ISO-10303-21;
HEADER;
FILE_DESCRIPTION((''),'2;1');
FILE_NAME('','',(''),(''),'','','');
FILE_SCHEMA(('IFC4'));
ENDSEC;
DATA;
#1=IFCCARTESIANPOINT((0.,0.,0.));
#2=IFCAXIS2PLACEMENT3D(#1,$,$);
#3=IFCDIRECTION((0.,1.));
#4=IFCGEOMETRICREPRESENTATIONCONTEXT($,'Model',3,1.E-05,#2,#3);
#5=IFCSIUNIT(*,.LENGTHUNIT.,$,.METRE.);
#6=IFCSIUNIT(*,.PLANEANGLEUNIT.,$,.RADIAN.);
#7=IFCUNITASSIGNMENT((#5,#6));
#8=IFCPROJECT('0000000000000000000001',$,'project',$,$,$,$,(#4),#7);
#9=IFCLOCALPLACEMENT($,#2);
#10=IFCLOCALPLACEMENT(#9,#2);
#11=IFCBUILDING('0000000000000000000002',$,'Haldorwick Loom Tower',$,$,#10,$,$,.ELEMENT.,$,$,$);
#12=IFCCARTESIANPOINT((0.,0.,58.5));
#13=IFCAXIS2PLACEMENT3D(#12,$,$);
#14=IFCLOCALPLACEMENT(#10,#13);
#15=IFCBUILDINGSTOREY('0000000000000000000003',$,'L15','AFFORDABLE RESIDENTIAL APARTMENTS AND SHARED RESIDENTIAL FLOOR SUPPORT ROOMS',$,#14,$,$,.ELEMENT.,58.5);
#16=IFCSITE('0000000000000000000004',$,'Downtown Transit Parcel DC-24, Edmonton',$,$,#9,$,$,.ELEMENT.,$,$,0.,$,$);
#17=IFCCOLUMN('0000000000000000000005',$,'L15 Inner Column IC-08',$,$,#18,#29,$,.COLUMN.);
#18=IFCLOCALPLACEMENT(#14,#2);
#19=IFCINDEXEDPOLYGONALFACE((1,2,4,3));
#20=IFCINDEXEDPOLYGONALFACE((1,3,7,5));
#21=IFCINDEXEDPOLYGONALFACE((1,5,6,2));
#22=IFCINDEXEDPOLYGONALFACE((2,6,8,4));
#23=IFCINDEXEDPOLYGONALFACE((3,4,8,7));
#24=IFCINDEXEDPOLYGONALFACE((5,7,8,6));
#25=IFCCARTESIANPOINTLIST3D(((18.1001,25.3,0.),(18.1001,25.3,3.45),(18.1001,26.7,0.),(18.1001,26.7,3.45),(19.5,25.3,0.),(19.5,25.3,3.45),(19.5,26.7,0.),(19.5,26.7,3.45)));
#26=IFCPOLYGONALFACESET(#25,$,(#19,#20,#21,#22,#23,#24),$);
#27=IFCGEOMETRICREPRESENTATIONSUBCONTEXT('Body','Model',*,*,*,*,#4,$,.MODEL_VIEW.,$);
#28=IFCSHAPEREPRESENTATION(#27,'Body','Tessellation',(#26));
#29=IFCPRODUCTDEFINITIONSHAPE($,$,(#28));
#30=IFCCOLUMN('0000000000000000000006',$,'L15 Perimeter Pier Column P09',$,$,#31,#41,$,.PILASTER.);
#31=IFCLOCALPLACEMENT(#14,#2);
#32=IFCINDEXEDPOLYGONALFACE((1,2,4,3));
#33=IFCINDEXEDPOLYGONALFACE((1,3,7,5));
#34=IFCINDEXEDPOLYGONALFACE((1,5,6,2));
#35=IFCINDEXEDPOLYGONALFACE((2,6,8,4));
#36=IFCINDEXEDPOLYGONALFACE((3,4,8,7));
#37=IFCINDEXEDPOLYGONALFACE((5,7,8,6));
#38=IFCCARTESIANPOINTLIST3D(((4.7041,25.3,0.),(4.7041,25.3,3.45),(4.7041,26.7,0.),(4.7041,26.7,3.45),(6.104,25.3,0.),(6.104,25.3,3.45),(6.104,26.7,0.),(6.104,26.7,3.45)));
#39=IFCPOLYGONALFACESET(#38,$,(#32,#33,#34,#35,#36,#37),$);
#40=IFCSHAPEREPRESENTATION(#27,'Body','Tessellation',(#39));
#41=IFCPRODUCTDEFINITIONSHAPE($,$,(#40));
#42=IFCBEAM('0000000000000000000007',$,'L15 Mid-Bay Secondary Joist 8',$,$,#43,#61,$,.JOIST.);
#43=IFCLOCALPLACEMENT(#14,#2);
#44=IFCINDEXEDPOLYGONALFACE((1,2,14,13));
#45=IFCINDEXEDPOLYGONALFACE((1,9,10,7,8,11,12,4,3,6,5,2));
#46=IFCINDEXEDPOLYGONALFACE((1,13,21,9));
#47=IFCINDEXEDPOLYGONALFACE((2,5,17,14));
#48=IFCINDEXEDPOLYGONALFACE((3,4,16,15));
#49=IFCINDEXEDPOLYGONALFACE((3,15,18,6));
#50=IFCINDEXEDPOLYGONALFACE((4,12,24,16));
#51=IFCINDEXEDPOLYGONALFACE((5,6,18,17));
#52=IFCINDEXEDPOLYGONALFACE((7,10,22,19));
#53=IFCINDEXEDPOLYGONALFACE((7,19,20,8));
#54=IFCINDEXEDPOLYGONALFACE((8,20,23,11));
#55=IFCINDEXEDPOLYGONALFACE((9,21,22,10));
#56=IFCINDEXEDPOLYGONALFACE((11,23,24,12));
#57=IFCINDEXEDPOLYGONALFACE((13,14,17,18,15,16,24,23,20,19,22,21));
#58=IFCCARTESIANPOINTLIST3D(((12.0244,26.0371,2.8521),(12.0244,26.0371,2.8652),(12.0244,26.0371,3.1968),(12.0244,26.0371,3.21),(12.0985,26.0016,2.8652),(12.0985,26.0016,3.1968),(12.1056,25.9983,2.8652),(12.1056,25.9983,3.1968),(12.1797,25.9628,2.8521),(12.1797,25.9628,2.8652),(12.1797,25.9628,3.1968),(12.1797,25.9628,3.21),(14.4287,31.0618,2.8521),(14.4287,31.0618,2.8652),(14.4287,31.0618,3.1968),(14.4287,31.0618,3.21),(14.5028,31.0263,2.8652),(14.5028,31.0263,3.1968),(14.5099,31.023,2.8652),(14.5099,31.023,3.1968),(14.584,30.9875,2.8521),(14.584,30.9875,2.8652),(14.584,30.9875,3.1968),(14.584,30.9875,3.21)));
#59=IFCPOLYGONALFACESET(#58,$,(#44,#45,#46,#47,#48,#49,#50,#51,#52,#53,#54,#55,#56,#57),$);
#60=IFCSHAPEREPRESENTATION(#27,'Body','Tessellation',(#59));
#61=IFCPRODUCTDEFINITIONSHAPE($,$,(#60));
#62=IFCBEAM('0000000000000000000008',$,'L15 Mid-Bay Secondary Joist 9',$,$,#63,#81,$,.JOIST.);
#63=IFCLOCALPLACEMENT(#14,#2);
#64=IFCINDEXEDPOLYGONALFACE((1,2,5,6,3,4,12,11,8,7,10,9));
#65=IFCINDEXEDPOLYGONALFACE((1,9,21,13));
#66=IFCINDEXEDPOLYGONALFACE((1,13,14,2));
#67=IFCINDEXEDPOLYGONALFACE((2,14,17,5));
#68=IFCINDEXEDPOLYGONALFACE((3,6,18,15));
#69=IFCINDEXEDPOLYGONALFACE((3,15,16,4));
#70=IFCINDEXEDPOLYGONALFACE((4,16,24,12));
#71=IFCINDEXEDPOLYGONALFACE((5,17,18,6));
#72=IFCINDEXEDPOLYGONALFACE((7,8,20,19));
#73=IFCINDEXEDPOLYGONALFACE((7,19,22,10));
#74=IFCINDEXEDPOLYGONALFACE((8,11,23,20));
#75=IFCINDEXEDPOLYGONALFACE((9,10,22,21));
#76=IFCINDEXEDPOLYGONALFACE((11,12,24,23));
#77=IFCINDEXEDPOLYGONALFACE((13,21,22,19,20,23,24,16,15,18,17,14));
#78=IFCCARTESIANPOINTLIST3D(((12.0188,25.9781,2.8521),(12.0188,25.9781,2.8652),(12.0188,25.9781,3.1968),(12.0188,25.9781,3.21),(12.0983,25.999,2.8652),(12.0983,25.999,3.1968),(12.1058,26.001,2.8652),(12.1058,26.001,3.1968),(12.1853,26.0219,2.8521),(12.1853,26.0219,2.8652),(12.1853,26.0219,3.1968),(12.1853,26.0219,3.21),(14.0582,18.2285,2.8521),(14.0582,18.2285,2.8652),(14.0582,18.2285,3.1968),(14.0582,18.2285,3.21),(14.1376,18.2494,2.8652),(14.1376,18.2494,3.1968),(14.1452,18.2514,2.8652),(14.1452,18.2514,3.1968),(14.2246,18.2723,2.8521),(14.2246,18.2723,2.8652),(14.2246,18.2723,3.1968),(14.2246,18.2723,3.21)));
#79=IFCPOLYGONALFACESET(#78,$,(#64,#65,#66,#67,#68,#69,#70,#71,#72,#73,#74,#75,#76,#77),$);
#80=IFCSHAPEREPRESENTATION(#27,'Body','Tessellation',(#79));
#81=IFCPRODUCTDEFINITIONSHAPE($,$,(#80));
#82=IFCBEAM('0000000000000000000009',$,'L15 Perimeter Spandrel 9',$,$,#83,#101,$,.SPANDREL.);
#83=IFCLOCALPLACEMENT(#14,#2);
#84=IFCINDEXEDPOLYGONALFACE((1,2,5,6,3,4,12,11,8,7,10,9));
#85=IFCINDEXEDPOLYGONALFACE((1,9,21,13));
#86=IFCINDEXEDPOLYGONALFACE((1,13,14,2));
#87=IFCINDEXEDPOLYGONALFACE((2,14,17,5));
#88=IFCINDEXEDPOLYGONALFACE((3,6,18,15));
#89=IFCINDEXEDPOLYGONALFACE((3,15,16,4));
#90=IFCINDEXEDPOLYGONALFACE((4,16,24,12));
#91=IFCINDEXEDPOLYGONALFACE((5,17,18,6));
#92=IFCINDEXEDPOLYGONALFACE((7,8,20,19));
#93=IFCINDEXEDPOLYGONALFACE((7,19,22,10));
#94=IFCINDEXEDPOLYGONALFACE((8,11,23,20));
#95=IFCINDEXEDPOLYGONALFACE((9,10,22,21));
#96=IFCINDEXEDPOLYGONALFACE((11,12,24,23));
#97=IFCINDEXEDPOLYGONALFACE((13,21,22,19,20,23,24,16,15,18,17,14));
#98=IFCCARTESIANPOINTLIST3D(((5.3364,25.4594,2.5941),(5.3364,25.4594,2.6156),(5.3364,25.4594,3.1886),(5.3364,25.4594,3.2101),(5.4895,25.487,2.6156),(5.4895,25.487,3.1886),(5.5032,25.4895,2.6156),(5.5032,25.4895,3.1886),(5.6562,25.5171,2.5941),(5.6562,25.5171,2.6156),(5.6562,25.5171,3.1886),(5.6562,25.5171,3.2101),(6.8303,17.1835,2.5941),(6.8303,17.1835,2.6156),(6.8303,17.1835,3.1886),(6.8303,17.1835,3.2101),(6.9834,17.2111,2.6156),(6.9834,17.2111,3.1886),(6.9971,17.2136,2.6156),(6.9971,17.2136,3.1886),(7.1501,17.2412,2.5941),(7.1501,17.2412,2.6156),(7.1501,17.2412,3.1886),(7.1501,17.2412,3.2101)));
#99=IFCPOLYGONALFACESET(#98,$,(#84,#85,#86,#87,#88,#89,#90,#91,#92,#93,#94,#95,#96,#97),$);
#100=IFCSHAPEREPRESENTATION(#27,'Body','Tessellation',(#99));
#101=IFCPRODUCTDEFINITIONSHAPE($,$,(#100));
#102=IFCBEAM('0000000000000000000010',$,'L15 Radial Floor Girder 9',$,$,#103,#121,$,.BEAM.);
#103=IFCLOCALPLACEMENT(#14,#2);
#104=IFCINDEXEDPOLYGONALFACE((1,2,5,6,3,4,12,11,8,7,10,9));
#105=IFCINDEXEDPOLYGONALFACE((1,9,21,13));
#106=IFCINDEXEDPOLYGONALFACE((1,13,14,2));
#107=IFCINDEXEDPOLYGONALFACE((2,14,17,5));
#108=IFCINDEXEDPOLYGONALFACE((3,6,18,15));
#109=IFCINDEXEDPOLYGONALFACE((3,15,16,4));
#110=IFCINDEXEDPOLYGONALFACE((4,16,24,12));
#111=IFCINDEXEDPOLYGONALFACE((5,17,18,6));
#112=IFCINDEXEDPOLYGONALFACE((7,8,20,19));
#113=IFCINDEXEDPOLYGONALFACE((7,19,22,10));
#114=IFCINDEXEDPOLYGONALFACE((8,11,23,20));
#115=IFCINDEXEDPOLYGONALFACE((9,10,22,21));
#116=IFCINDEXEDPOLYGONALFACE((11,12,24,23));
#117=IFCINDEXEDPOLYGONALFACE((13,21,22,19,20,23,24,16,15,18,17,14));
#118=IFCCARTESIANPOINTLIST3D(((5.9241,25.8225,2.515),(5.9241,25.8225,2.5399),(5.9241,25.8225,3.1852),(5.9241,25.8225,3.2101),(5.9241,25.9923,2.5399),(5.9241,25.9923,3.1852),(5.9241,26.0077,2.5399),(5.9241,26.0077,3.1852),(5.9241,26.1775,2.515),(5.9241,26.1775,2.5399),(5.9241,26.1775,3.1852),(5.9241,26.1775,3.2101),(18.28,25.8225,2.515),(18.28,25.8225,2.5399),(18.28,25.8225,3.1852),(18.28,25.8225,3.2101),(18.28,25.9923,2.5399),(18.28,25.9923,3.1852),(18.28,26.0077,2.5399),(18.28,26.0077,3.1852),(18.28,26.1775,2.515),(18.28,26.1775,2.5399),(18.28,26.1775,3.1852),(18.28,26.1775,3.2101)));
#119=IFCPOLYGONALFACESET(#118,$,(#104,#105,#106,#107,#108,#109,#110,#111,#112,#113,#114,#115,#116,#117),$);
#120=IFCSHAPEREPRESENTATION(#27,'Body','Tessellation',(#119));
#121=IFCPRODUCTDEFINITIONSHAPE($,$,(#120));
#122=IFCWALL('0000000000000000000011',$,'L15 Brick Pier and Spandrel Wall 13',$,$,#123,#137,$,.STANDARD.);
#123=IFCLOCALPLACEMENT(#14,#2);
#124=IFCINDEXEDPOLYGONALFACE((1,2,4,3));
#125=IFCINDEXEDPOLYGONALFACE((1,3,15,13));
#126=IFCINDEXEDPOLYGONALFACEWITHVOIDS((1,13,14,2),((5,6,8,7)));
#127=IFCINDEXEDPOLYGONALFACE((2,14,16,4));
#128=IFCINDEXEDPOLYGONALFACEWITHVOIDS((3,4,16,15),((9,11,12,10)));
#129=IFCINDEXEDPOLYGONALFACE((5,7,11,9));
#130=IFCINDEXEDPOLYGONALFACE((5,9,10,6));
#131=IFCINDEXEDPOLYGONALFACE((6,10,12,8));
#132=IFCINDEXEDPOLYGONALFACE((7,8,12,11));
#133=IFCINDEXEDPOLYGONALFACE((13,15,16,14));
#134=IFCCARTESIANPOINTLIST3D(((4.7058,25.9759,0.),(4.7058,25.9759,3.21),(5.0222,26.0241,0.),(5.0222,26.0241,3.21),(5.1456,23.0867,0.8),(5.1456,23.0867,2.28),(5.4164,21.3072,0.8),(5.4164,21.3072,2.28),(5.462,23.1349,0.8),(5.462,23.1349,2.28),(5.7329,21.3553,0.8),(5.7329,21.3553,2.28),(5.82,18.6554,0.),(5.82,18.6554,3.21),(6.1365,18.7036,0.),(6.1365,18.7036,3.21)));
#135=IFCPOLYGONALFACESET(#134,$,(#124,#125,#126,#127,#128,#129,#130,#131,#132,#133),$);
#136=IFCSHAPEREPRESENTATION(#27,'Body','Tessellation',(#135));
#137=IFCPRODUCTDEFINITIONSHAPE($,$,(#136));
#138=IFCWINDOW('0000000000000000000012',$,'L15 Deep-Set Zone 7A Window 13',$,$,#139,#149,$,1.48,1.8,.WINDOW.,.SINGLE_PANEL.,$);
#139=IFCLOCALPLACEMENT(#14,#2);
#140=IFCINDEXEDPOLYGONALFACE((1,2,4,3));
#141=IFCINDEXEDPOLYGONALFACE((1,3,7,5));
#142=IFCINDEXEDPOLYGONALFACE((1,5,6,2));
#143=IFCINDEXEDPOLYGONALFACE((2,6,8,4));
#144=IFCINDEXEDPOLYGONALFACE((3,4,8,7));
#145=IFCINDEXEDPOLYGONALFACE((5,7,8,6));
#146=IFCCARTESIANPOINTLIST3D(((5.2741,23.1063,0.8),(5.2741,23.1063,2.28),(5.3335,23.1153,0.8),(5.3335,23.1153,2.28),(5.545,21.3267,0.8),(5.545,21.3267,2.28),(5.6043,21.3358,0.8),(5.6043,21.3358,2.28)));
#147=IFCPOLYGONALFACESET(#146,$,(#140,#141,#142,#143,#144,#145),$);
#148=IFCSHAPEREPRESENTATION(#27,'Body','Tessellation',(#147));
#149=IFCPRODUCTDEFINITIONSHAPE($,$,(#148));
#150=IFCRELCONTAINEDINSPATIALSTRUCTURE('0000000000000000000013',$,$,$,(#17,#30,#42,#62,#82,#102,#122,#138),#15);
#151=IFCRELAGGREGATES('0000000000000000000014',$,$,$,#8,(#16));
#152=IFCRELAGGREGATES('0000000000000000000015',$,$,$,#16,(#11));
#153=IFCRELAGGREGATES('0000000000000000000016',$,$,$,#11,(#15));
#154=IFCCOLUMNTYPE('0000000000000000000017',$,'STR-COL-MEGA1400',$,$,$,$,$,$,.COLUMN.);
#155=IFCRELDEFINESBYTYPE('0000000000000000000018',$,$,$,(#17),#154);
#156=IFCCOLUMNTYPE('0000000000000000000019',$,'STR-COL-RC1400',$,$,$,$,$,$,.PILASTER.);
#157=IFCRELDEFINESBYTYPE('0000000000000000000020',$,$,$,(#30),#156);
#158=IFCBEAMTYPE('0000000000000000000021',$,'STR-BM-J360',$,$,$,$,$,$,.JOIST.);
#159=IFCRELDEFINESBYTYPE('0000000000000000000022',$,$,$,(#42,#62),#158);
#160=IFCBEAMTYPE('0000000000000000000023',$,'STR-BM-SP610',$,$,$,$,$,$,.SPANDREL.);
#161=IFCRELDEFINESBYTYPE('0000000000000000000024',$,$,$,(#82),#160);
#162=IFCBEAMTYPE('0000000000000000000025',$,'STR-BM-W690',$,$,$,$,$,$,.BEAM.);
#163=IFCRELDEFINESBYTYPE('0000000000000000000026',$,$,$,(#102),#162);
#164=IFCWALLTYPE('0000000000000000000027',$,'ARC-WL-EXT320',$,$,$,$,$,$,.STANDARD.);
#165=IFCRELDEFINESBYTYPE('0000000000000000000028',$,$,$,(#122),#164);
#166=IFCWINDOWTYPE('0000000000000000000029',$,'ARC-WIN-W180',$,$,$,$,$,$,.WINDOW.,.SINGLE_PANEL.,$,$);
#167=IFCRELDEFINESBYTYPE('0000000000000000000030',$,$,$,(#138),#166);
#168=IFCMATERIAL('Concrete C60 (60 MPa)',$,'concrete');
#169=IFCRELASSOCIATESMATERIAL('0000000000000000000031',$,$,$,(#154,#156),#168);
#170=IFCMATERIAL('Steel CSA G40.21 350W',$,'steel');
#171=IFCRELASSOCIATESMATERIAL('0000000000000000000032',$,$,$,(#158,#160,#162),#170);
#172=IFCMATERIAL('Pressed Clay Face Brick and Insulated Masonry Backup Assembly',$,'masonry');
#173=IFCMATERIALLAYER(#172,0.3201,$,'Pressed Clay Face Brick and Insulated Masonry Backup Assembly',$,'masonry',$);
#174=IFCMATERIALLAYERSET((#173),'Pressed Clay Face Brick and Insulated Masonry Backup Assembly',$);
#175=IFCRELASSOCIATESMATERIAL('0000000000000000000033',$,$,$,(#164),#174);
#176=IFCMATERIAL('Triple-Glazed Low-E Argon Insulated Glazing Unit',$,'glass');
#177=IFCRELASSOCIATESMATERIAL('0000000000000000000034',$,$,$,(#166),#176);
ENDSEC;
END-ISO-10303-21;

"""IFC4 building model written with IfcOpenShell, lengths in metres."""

from ifc_helpers import new_model, si_unit, direction, frame, frame_2d, origin, origin_2d, place, context, subcontext, project, spatial, rectangle, i_section, extrude, material, layer, layer_set, material_profile, profile_set, type_object, element, fill, save


model = new_model("IFC4")

# Units and contexts
model_context = context("Model", 3, precision=1e-05, world=origin(), true_north=direction((0.0, 1.0)))
body_context = subcontext(model_context, "Body", "Model", "MODEL_VIEW")
ifc_project = project(units=[si_unit("LENGTHUNIT", "METRE"), si_unit("PLANEANGLEUNIT", "RADIAN")], contexts=[model_context])

# Site, building, storey
site_placement = place(None, origin())
site = spatial("IfcSite", under=ifc_project, at=site_placement, Name="Downtown Transit Parcel DC-24, Edmonton", CompositionType="ELEMENT", RefElevation=0.0)
building_placement = place(site_placement, origin())
building = spatial("IfcBuilding", under=site, at=building_placement, Name="Haldorwick Loom Tower", CompositionType="ELEMENT")
storey_placement = place(building_placement, frame((0.0, 0.0, 58.5)))
storey = spatial("IfcBuildingStorey", under=building, at=storey_placement, Name="L15", Description="AFFORDABLE RESIDENTIAL APARTMENTS AND SHARED RESIDENTIAL FLOOR SUPPORT ROOMS", CompositionType="ELEMENT", Elevation=58.5)

# Columns
ifc_material_1 = material(Name="Concrete C60 (60 MPa)", Category="concrete")
ifc_material_profile_1 = material_profile(ifc_material_1, rectangle(XDim=1.3999, YDim=1.3999, at=origin_2d()), Name="RC1400X1400", Category="concrete")
ifc_profile_set_1 = profile_set([ifc_material_profile_1], Name="Concrete C60 (60 MPa)")
column_type_1 = type_object("IfcColumnType", Name="STR-COL-MEGA1400", PredefinedType="COLUMN", material=ifc_profile_set_1)
column_1_placement = place(storey_placement, frame((18.8, 26.0, 0.0), z_axis=(0.0, 0.0, 1.0), x_axis=(1.0, 0.0, 0.0)))
element("IfcColumn", 1, at=column_1_placement, inside=storey, type_object=column_type_1, Name="L15 Inner Column IC-08", PredefinedType="COLUMN", context=body_context, shape_type="SweptSolid", body=[
    extrude(rectangle(XDim=1.3999, YDim=1.3999, at=origin_2d()), origin(), (0.0, 0.0, 1.0), 3.45),
])
ifc_material_profile_2 = material_profile(ifc_material_1, rectangle(XDim=1.3999, YDim=1.3999, at=origin_2d()), Name="RC1400X1400", Category="concrete")
ifc_profile_set_2 = profile_set([ifc_material_profile_2], Name="Concrete C60 (60 MPa)")
column_type_2 = type_object("IfcColumnType", Name="STR-COL-RC1400", PredefinedType="PILASTER", material=ifc_profile_set_2)
column_2_placement = place(storey_placement, frame((5.4041, 26.0, 0.0), z_axis=(0.0, 0.0, 1.0), x_axis=(-1.0, 0.0, 0.0)))
element("IfcColumn", 2, at=column_2_placement, inside=storey, type_object=column_type_2, Name="L15 Perimeter Pier Column P09", PredefinedType="PILASTER", context=body_context, shape_type="SweptSolid", body=[
    extrude(rectangle(XDim=1.3999, YDim=1.3999, at=origin_2d()), origin(), (0.0, 0.0, 1.0), 3.45),
])

# Beams
ifc_material_2 = material(Name="Steel CSA G40.21 350W", Category="steel")
ifc_material_profile_3 = material_profile(ifc_material_2, i_section(OverallWidth=0.1721, OverallDepth=0.3579, WebThickness=0.0078, FlangeThickness=0.0132, at=origin_2d()), Name="W360X57", Category="steel")
ifc_profile_set_3 = profile_set([ifc_material_profile_3], Name="Steel CSA G40.21 350W")
beam_type_1 = type_object("IfcBeamType", Name="STR-BM-J360", PredefinedType="JOIST", material=ifc_profile_set_3)
beam_1_placement = place(storey_placement, frame((14.5063, 31.0247, 3.031), z_axis=(-0.431631, -0.90205, 0.0), x_axis=(0.90205, -0.431631, 0.0)))
element("IfcBeam", 3, at=beam_1_placement, inside=storey, type_object=beam_type_1, Name="L15 Mid-Bay Secondary Joist 8", PredefinedType="JOIST", context=body_context, shape_type="SweptSolid", body=[
    extrude(i_section(OverallWidth=0.1721, OverallDepth=0.3579, WebThickness=0.0078, FlangeThickness=0.0132, at=origin_2d()), origin(), (0.0, 0.0, 1.0), 5.5703),
])
beam_2_placement = place(storey_placement, frame((12.1021, 26.0, 3.031), z_axis=(0.254489, -0.967076, 0.0), x_axis=(0.967076, 0.254489, 0.0)))
element("IfcBeam", 4, at=beam_2_placement, inside=storey, type_object=beam_type_1, Name="L15 Mid-Bay Secondary Joist 9", PredefinedType="JOIST", context=body_context, shape_type="SweptSolid", body=[
    extrude(i_section(OverallWidth=0.1721, OverallDepth=0.3579, WebThickness=0.0078, FlangeThickness=0.0132, at=origin_2d()), origin(), (0.0, 0.0, 1.0), 8.0134),
])
ifc_material_profile_4 = material_profile(ifc_material_2, i_section(OverallWidth=0.325, OverallDepth=0.616, WebThickness=0.0139, FlangeThickness=0.0215, at=origin_2d()), Name="W610X174", Category="steel")
ifc_profile_set_4 = profile_set([ifc_material_profile_4], Name="Steel CSA G40.21 350W")
beam_type_2 = type_object("IfcBeamType", Name="STR-BM-SP610", PredefinedType="SPANDREL", material=ifc_profile_set_4)
beam_3_placement = place(storey_placement, frame((5.4963, 25.4883, 2.9021), z_axis=(0.177641, -0.984095, 0.0), x_axis=(0.984095, 0.177641, 0.0)))
element("IfcBeam", 5, at=beam_3_placement, inside=storey, type_object=beam_type_2, Name="L15 Perimeter Spandrel 9", PredefinedType="SPANDREL", context=body_context, shape_type="SweptSolid", body=[
    extrude(i_section(OverallWidth=0.325, OverallDepth=0.616, WebThickness=0.0139, FlangeThickness=0.0215, at=origin_2d()), origin(), (0.0, 0.0, 1.0), 8.4097),
])
ifc_material_profile_5 = material_profile(ifc_material_2, i_section(OverallWidth=0.355, OverallDepth=0.6951, WebThickness=0.0154, FlangeThickness=0.0249, at=origin_2d()), Name="W690X217", Category="steel")
ifc_profile_set_5 = profile_set([ifc_material_profile_5], Name="Steel CSA G40.21 350W")
beam_type_3 = type_object("IfcBeamType", Name="STR-BM-W690", PredefinedType="BEAM", material=ifc_profile_set_5)
beam_4_placement = place(storey_placement, frame((18.28, 26.0, 2.8625), z_axis=(-1.0, 0.0, 0.0), x_axis=(0.0, -1.0, 0.0)))
element("IfcBeam", 6, at=beam_4_placement, inside=storey, type_object=beam_type_3, Name="L15 Radial Floor Girder 9", PredefinedType="BEAM", context=body_context, shape_type="SweptSolid", body=[
    extrude(i_section(OverallWidth=0.355, OverallDepth=0.6951, WebThickness=0.0154, FlangeThickness=0.0249, at=origin_2d()), origin(), (0.0, 0.0, 1.0), 12.356),
])

# Wall, opening, window
ifc_material_3 = material(Name="Pressed Clay Face Brick and Insulated Masonry Backup Assembly", Category="masonry")
ifc_layer_1 = layer(ifc_material_3, 0.3201, Name="Pressed Clay Face Brick and Insulated Masonry Backup Assembly", Category="masonry")
ifc_layer_set_1 = layer_set([ifc_layer_1], Name="Pressed Clay Face Brick and Insulated Masonry Backup Assembly")
wall_type_1 = type_object("IfcWallType", Name="ARC-WL-EXT320", PredefinedType="STANDARD", material=ifc_layer_set_1)
wall_1_placement = place(storey_placement, frame((4.864, 26.0, 0.0), z_axis=(0.0, 0.0, 1.0), x_axis=(0.150476, -0.988614, 0.0)))
wall_1 = element("IfcWall", 7, at=wall_1_placement, inside=storey, type_object=wall_type_1, Name="L15 Brick Pier and Spandrel Wall 13", PredefinedType="STANDARD", context=body_context, shape_type="SweptSolid", body=[
    extrude(rectangle(XDim=7.4048, YDim=0.3201, at=frame_2d((3.7024, 0.0))), origin(), (0.0, 0.0, 1.0), 3.21),
])
opening_1_placement = place(wall_1_placement, frame((2.9226, 0.0, 0.8)))
opening_1 = element("IfcOpeningElement", 8, at=opening_1_placement, cuts=wall_1, PredefinedType="OPENING", context=body_context, shape_type="SweptSolid", body=[
    extrude(rectangle(XDim=1.8, YDim=1.48, at=frame_2d((0.8999, 0.74))), frame((0.0, 0.1699, 0.0), z_axis=(0.0, -1.0, 0.0), x_axis=(1.0, 0.0, 0.0)), (0.0, 0.0, 1.0), 0.3401),
])
ifc_material_4 = material(Name="Triple-Glazed Low-E Argon Insulated Glazing Unit", Category="glass")
window_type = type_object("IfcWindowType", Name="ARC-WIN-W180", PartitioningType="SINGLE_PANEL", PredefinedType="WINDOW", material=ifc_material_4)
window_placement = place(opening_1_placement, origin())
window = element("IfcWindow", 9, at=window_placement, inside=storey, type_object=window_type, Name="L15 Deep-Set Zone 7A Window 13", OverallHeight=1.48, OverallWidth=1.8, PartitioningType="SINGLE_PANEL", PredefinedType="WINDOW", context=body_context, shape_type="SweptSolid", body=[
    extrude(rectangle(XDim=1.8, YDim=1.48, at=frame_2d((0.8999, 0.74))), frame((0.0, 0.03, 0.0), z_axis=(0.0, -1.0, 0.0), x_axis=(1.0, 0.0, 0.0)), (0.0, 0.0, 1.0), 0.0601),
])
fill(opening_1, window)

save(model, "model.ifc")
